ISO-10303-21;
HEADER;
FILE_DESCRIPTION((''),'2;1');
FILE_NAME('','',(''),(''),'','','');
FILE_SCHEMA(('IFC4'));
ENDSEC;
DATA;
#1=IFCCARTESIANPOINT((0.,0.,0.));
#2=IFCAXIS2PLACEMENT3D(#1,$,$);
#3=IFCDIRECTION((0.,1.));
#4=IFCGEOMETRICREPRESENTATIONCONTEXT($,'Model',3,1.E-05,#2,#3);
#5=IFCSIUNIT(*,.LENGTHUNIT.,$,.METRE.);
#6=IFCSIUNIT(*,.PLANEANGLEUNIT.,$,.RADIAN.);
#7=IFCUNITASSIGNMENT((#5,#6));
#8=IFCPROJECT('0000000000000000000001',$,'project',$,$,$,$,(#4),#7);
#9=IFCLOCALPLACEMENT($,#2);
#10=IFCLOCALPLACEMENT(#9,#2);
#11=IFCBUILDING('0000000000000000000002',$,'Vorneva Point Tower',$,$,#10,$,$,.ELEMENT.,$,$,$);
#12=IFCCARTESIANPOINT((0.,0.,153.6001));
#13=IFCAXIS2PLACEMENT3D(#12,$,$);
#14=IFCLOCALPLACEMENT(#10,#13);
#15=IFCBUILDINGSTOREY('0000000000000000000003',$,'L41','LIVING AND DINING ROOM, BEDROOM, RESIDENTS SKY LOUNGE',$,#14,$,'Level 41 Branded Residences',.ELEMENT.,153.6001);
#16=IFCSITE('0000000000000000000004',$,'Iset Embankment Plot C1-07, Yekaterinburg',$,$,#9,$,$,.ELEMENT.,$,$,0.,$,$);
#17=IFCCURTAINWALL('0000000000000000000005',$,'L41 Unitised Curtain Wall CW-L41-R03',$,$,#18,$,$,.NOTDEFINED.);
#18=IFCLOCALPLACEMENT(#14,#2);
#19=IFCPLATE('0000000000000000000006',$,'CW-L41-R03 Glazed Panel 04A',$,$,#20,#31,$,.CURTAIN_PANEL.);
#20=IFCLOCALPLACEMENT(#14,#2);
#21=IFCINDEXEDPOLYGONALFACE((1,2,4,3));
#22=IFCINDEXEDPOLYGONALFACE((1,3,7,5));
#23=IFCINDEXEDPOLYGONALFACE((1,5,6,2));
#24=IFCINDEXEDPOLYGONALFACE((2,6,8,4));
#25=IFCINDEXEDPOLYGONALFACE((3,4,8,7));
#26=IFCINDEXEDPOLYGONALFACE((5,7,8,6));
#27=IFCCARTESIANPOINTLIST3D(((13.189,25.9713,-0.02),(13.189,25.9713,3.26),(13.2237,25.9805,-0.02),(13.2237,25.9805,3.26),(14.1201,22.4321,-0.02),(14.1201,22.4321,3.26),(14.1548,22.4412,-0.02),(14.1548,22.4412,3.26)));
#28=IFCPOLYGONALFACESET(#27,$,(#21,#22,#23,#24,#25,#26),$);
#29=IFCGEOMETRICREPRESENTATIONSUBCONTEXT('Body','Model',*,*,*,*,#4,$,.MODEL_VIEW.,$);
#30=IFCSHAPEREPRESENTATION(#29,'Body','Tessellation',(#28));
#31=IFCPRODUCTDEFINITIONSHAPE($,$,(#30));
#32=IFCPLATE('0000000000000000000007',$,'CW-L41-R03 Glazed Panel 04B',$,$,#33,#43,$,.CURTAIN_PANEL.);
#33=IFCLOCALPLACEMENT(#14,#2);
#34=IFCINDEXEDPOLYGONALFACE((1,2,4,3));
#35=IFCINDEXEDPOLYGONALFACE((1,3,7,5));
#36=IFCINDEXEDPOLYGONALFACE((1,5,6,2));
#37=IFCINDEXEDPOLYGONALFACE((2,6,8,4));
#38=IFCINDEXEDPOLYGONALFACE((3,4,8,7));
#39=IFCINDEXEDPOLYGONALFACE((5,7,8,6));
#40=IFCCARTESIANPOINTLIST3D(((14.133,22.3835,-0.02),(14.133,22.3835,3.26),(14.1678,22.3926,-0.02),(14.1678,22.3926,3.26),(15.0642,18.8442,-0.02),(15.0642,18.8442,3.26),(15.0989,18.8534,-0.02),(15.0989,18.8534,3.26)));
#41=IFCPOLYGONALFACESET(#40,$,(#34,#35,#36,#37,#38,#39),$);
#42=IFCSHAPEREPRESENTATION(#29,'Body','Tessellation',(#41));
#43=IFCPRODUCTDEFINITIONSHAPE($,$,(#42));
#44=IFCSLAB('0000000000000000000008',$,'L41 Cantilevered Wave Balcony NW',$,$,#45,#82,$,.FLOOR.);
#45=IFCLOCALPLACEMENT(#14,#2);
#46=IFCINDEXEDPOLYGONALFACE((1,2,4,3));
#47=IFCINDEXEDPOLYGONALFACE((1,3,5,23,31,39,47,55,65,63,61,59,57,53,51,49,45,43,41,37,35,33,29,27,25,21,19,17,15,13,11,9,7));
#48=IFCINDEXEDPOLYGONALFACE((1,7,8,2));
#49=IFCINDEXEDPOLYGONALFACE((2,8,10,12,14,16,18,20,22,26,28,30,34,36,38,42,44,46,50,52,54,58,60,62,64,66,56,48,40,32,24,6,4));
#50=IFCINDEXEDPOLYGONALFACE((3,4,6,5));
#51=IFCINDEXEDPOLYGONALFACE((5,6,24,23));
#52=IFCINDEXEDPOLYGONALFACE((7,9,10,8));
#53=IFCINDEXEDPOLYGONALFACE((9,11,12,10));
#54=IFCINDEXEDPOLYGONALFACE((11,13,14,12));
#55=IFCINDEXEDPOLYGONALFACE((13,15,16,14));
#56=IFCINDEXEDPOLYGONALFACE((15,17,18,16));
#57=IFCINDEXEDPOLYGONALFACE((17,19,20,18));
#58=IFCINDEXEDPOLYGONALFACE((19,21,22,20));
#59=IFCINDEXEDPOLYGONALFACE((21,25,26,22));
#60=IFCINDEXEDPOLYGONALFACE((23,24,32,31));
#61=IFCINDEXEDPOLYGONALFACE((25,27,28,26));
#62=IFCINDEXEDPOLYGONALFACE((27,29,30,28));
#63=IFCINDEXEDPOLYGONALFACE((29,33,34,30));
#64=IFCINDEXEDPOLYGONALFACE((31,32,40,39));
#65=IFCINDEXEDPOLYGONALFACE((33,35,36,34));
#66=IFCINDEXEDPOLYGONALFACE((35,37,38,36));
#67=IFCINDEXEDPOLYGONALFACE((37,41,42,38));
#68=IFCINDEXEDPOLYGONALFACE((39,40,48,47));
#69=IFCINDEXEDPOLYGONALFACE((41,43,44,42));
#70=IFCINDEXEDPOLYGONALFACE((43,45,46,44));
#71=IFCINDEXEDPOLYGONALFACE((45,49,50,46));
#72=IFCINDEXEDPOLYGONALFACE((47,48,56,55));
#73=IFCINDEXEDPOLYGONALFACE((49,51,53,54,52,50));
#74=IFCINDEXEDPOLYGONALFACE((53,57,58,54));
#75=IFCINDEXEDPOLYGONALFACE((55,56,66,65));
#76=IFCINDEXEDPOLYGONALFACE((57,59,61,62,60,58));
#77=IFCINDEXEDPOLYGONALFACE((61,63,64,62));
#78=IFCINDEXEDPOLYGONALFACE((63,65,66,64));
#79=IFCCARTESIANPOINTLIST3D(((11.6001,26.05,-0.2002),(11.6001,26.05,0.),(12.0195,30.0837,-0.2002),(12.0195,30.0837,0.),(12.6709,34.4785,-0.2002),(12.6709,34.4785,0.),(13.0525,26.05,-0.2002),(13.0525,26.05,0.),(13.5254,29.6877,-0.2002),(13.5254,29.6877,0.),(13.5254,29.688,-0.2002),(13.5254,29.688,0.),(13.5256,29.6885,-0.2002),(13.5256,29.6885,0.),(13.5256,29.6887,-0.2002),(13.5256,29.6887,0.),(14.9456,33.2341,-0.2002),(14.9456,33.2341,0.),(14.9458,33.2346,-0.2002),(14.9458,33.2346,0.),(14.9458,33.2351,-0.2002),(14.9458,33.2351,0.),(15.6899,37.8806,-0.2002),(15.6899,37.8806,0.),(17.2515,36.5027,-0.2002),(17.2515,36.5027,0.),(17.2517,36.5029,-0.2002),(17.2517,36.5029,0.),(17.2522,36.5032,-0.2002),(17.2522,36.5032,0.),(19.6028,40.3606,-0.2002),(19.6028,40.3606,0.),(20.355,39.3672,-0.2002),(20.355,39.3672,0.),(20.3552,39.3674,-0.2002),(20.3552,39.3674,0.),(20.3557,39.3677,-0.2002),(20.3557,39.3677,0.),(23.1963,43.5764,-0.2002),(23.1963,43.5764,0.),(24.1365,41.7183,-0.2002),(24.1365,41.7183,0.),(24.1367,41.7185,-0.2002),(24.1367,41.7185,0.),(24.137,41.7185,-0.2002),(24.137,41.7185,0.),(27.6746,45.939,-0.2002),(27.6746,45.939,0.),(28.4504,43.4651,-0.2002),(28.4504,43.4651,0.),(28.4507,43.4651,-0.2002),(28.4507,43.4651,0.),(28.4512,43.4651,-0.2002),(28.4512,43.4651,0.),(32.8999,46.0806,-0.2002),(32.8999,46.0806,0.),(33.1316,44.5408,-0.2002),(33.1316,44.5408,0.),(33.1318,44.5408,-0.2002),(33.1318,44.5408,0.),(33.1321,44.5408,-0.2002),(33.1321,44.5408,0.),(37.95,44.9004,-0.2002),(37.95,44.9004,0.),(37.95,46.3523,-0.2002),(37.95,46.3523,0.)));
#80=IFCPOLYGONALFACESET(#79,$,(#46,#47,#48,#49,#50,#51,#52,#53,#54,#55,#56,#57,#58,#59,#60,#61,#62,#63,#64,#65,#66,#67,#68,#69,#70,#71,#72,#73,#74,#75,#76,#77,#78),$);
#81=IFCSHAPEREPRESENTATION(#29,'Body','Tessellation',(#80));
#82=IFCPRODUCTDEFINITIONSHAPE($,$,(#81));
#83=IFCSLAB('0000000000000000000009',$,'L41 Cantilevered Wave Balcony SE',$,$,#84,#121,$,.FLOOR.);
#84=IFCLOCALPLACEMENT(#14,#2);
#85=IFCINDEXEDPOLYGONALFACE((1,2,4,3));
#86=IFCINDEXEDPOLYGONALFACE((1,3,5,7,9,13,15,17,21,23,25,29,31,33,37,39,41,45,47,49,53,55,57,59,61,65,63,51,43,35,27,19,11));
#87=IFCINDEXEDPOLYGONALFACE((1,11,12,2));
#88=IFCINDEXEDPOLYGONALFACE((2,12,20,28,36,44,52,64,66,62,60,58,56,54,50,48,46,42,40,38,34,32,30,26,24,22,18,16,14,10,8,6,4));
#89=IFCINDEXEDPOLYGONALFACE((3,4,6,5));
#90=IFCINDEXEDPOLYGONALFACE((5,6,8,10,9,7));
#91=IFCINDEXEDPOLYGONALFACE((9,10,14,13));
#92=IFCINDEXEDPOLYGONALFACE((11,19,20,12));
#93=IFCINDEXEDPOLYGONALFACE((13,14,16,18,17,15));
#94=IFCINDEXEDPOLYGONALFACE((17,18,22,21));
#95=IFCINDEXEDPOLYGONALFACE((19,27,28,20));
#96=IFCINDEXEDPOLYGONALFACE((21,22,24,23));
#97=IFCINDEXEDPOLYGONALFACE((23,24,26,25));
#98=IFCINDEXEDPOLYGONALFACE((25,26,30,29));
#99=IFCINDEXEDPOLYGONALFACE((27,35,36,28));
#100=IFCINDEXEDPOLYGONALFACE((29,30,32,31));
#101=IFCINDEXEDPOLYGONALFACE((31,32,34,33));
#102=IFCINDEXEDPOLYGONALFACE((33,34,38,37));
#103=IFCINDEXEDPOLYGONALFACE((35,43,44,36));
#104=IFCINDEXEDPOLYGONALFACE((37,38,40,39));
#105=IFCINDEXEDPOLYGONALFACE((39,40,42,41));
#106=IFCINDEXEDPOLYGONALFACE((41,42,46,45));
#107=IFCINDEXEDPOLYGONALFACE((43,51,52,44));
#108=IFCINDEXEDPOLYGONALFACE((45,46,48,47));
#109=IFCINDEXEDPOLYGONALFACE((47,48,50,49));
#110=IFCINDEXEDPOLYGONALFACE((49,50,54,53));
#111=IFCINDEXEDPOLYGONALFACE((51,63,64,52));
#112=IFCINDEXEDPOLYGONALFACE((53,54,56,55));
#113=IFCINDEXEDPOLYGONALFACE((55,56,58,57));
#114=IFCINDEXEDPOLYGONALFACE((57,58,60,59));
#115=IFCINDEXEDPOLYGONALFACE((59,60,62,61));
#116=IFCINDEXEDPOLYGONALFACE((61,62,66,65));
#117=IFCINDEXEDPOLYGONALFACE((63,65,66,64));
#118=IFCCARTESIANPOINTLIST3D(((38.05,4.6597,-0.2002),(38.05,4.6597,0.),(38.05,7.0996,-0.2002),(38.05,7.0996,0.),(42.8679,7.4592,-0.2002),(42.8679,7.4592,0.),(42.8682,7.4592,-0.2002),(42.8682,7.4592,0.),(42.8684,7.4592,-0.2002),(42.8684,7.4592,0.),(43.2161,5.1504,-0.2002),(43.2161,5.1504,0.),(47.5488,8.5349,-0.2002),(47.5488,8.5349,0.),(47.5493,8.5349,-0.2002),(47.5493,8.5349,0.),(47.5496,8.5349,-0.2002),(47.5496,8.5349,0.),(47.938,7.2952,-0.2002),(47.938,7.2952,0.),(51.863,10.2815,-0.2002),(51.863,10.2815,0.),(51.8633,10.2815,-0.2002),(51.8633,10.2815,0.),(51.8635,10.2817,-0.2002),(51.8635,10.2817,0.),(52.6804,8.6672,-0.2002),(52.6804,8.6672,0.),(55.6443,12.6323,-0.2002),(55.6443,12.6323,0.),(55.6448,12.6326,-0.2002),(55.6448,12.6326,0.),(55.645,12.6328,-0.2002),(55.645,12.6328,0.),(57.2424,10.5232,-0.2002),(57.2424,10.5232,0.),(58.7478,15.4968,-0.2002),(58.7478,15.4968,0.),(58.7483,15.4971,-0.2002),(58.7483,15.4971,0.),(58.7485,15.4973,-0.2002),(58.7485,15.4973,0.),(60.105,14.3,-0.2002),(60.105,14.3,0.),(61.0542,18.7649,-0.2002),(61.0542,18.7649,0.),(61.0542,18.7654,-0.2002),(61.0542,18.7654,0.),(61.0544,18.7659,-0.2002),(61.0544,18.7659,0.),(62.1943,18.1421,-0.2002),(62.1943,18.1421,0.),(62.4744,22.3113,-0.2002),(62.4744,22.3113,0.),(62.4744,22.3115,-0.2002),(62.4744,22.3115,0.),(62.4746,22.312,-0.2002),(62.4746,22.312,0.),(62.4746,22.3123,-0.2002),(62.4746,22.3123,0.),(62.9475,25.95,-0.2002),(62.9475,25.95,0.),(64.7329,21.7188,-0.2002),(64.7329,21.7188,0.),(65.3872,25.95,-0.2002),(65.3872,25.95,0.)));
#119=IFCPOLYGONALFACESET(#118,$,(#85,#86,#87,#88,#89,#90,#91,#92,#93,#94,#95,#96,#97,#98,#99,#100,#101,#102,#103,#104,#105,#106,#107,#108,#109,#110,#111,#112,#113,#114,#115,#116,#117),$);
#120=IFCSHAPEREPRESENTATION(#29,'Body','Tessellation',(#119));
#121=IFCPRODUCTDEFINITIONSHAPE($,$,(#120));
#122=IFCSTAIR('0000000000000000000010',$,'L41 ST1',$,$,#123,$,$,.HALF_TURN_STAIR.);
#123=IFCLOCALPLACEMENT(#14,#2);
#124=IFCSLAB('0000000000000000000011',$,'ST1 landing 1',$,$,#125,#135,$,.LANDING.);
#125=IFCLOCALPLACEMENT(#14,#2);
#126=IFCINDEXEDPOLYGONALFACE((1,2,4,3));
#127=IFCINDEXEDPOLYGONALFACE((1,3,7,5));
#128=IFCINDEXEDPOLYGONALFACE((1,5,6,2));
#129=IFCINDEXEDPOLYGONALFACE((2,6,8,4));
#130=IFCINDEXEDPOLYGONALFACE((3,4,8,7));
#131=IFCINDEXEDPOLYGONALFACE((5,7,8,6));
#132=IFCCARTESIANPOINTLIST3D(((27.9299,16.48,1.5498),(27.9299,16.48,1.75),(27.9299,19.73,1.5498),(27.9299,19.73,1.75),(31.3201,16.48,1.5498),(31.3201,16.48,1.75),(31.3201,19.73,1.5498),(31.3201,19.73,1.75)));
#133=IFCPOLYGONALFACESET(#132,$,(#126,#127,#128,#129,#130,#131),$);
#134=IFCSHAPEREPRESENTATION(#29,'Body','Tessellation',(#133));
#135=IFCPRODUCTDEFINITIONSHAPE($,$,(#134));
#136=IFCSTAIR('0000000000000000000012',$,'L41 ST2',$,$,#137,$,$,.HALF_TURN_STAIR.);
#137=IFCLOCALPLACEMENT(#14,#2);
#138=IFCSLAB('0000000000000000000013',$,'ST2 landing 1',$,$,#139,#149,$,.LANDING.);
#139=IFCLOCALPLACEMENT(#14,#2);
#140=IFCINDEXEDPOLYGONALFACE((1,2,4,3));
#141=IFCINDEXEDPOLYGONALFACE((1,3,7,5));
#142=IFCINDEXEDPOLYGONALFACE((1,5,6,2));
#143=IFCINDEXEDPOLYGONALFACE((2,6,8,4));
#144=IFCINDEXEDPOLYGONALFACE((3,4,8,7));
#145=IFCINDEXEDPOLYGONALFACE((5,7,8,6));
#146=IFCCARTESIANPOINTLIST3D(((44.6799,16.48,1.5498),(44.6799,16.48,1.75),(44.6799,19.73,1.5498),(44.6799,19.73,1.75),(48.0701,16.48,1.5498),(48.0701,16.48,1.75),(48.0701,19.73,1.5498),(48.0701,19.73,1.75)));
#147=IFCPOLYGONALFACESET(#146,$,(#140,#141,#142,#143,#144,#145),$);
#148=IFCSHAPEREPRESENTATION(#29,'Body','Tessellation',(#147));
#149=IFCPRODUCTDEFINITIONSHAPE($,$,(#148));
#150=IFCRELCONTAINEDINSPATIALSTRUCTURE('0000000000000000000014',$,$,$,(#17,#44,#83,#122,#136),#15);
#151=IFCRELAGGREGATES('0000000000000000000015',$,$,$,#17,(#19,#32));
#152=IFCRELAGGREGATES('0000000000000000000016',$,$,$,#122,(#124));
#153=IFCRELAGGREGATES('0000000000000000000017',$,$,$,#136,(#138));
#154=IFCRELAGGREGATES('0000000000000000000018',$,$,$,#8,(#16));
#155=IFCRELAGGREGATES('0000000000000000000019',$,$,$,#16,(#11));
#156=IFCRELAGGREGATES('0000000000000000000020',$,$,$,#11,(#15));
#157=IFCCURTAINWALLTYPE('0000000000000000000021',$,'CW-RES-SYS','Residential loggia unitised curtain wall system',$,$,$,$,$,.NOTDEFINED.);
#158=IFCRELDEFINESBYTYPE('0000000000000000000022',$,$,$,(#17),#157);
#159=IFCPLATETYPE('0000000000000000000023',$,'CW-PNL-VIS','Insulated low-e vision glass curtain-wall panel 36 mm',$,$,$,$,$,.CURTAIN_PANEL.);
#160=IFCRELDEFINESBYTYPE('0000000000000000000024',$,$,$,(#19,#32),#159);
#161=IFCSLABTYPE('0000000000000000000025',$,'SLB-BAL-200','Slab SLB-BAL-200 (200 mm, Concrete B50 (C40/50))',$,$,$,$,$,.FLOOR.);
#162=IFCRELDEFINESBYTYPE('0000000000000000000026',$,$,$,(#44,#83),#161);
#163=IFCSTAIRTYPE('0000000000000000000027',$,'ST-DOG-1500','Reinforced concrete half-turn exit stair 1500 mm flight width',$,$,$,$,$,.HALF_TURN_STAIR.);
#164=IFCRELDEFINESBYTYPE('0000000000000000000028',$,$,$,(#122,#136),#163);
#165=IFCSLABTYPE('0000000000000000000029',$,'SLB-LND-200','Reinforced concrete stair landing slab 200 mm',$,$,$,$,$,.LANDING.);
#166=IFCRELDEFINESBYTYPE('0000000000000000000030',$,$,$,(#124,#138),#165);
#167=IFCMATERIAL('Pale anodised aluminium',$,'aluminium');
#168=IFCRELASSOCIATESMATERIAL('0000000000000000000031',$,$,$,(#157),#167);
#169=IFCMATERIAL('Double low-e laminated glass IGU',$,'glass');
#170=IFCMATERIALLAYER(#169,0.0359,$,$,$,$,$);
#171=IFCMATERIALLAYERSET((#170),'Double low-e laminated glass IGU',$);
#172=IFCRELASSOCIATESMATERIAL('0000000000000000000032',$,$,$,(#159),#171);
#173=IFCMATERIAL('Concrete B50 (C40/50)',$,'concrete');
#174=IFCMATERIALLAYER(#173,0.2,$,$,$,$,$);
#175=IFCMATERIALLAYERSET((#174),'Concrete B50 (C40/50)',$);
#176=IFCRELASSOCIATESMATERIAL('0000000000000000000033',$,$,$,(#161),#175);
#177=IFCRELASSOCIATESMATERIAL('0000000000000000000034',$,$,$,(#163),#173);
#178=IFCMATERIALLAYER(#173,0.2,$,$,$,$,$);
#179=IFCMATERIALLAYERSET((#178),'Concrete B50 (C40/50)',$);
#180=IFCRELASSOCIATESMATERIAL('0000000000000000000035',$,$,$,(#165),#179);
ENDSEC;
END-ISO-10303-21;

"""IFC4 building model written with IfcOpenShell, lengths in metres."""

from ifc_helpers import new_model, si_unit, direction, frame, origin, origin_2d, place, context, subcontext, project, spatial, polyline, rectangle, outline, extrude, material, layer, layer_set, type_object, element, aggregate, save


model = new_model("IFC4")

# Units and contexts
model_context = context("Model", 3, precision=1e-05, world=origin(), true_north=direction((0.0, 1.0)))
body_context = subcontext(model_context, "Body", "Model", "MODEL_VIEW")
ifc_project = project(units=[si_unit("LENGTHUNIT", "METRE"), si_unit("PLANEANGLEUNIT", "RADIAN")], contexts=[model_context])

# Site, building, storey
site_placement = place(None, origin())
site = spatial("IfcSite", under=ifc_project, at=site_placement, Name="Iset Embankment Plot C1-07, Yekaterinburg", CompositionType="ELEMENT", RefElevation=0.0)
building_placement = place(site_placement, origin())
building = spatial("IfcBuilding", under=site, at=building_placement, Name="Vorneva Point Tower", CompositionType="ELEMENT")
storey_placement = place(building_placement, frame((0.0, 0.0, 153.6001)))
storey = spatial("IfcBuildingStorey", under=building, at=storey_placement, Name="L41", Description="LIVING AND DINING ROOM, BEDROOM, RESIDENTS SKY LOUNGE", LongName="Level 41 Branded Residences", CompositionType="ELEMENT", Elevation=153.6001)

# Curtain wall
ifc_material_1 = material(Name="Pale anodised aluminium", Category="aluminium")
curtain_wall_type = type_object("IfcCurtainWallType", Name="CW-RES-SYS", Description="Residential loggia unitised curtain wall system", PredefinedType="NOTDEFINED", material=ifc_material_1)
curtain_wall_1_placement = place(storey_placement, origin())
curtain_wall_1 = element("IfcCurtainWall", 1, at=curtain_wall_1_placement, inside=storey, type_object=curtain_wall_type, Name="L41 Unitised Curtain Wall CW-L41-R03", PredefinedType="NOTDEFINED")

# Plates
ifc_material_2 = material(Name="Double low-e laminated glass IGU", Category="glass")
ifc_layer_1 = layer(ifc_material_2, 0.0359)
ifc_layer_set_1 = layer_set([ifc_layer_1], Name="Double low-e laminated glass IGU")
plate_type = type_object("IfcPlateType", Name="CW-PNL-VIS", Description="Insulated low-e vision glass curtain-wall panel 36 mm", PredefinedType="CURTAIN_PANEL", material=ifc_layer_set_1)
plate_1_placement = place(storey_placement, frame((13.6719, 24.2063, -0.02), z_axis=(0.0, 0.0, 1.0), x_axis=(0.254433, -0.96709, 0.0)))
plate_1 = element("IfcPlate", 2, at=plate_1_placement, type_object=plate_type, Name="CW-L41-R03 Glazed Panel 04A", PredefinedType="CURTAIN_PANEL", context=body_context, shape_type="SweptSolid", body=[
    extrude(rectangle(XDim=3.6597, YDim=0.0359, at=origin_2d()), origin(), (0.0, 0.0, 1.0), 3.28),
])
plate_2_placement = place(storey_placement, frame((14.616, 20.6184, -0.02), z_axis=(0.0, 0.0, 1.0), x_axis=(0.254433, -0.96709, 0.0)))
plate_2 = element("IfcPlate", 3, at=plate_2_placement, type_object=plate_type, Name="CW-L41-R03 Glazed Panel 04B", PredefinedType="CURTAIN_PANEL", context=body_context, shape_type="SweptSolid", body=[
    extrude(rectangle(XDim=3.6597, YDim=0.0359, at=origin_2d()), origin(), (0.0, 0.0, 1.0), 3.28),
])
aggregate(curtain_wall_1, [plate_1, plate_2])

# Slabs
ifc_material_3 = material(Name="Concrete B50 (C40/50)", Category="concrete")
ifc_layer_2 = layer(ifc_material_3, 0.2)
ifc_layer_set_2 = layer_set([ifc_layer_2], Name="Concrete B50 (C40/50)")
slab_type_1 = type_object("IfcSlabType", Name="SLB-BAL-200", Description="Slab SLB-BAL-200 (200 mm, Concrete B50 (C40/50))", PredefinedType="FLOOR", material=ifc_layer_set_2)
slab_1_placement = place(storey_placement, frame((0.0, 0.0, -0.2002)))
element("IfcSlab", 4, at=slab_1_placement, inside=storey, type_object=slab_type_1, Name="L41 Cantilevered Wave Balcony NW", PredefinedType="FLOOR", context=body_context, shape_type="SweptSolid", body=[
    extrude(outline(polyline([(11.6001, 26.05), (13.0525, 26.05), (13.5254, 29.6877), (13.5254, 29.688), (13.5256, 29.6885), (13.5256, 29.6887), (14.9456, 33.2341), (14.9458, 33.2346), (14.9458, 33.2351), (17.2515, 36.5027), (17.2517, 36.5029), (17.2522, 36.5032), (20.355, 39.3672), (20.3552, 39.3674), (20.3557, 39.3677), (24.1365, 41.7183), (24.1367, 41.7185), (24.137, 41.7185), (28.4504, 43.4651), (28.4507, 43.4651), (28.4512, 43.4651), (33.1316, 44.5408), (33.1318, 44.5408), (33.1321, 44.5408), (37.95, 44.9004), (37.95, 46.3523), (32.8999, 46.0806), (27.6746, 45.939), (23.1963, 43.5764), (19.6028, 40.3606), (15.6899, 37.8806), (12.6709, 34.4785), (12.0195, 30.0837), (11.6001, 26.05)])), origin(), (0.0, 0.0, 1.0), 0.2002),
])
slab_2_placement = place(storey_placement, frame((0.0, 0.0, -0.2002)))
element("IfcSlab", 5, at=slab_2_placement, inside=storey, type_object=slab_type_1, Name="L41 Cantilevered Wave Balcony SE", PredefinedType="FLOOR", context=body_context, shape_type="SweptSolid", body=[
    extrude(outline(polyline([(64.7329, 21.7188), (65.3872, 25.95), (62.9475, 25.95), (62.4746, 22.3123), (62.4746, 22.312), (62.4744, 22.3115), (62.4744, 22.3113), (61.0544, 18.7659), (61.0542, 18.7654), (61.0542, 18.7649), (58.7485, 15.4973), (58.7483, 15.4971), (58.7478, 15.4968), (55.645, 12.6328), (55.6448, 12.6326), (55.6443, 12.6323), (51.8635, 10.2817), (51.8633, 10.2815), (51.863, 10.2815), (47.5496, 8.5349), (47.5493, 8.5349), (47.5488, 8.5349), (42.8684, 7.4592), (42.8682, 7.4592), (42.8679, 7.4592), (38.05, 7.0996), (38.05, 4.6597), (43.2161, 5.1504), (47.938, 7.2952), (52.6804, 8.6672), (57.2424, 10.5232), (60.105, 14.3), (62.1943, 18.1421), (64.7329, 21.7188)])), origin(), (0.0, 0.0, 1.0), 0.2002),
])

# Stairs, slabs
stair_type = type_object("IfcStairType", Name="ST-DOG-1500", Description="Reinforced concrete half-turn exit stair 1500 mm flight width", PredefinedType="HALF_TURN_STAIR", material=ifc_material_3)
stair_1_placement = place(storey_placement, origin())
stair_1 = element("IfcStair", 6, at=stair_1_placement, inside=storey, type_object=stair_type, Name="L41 ST1", PredefinedType="HALF_TURN_STAIR")
ifc_layer_3 = layer(ifc_material_3, 0.2)
ifc_layer_set_3 = layer_set([ifc_layer_3], Name="Concrete B50 (C40/50)")
slab_type_2 = type_object("IfcSlabType", Name="SLB-LND-200", Description="Reinforced concrete stair landing slab 200 mm", PredefinedType="LANDING", material=ifc_layer_set_3)
slab_3_placement = place(storey_placement, frame((0.0, 0.0, 1.5498)))
slab_3 = element("IfcSlab", 7, at=slab_3_placement, type_object=slab_type_2, Name="ST1 landing 1", PredefinedType="LANDING", context=body_context, shape_type="SweptSolid", body=[
    extrude(outline(polyline([(27.9299, 16.48), (31.3201, 16.48), (31.3201, 19.73), (27.9299, 19.73), (27.9299, 16.48)])), origin(), (0.0, 0.0, 1.0), 0.2002),
])
aggregate(stair_1, [slab_3])
stair_2_placement = place(storey_placement, origin())
stair_2 = element("IfcStair", 8, at=stair_2_placement, inside=storey, type_object=stair_type, Name="L41 ST2", PredefinedType="HALF_TURN_STAIR")
slab_4_placement = place(storey_placement, frame((0.0, 0.0, 1.5498)))
slab_4 = element("IfcSlab", 9, at=slab_4_placement, type_object=slab_type_2, Name="ST2 landing 1", PredefinedType="LANDING", context=body_context, shape_type="SweptSolid", body=[
    extrude(outline(polyline([(44.6799, 16.48), (48.0701, 16.48), (48.0701, 19.73), (44.6799, 19.73), (44.6799, 16.48)])), origin(), (0.0, 0.0, 1.0), 0.2002),
])
aggregate(stair_2, [slab_4])

save(model, "model.ifc")
